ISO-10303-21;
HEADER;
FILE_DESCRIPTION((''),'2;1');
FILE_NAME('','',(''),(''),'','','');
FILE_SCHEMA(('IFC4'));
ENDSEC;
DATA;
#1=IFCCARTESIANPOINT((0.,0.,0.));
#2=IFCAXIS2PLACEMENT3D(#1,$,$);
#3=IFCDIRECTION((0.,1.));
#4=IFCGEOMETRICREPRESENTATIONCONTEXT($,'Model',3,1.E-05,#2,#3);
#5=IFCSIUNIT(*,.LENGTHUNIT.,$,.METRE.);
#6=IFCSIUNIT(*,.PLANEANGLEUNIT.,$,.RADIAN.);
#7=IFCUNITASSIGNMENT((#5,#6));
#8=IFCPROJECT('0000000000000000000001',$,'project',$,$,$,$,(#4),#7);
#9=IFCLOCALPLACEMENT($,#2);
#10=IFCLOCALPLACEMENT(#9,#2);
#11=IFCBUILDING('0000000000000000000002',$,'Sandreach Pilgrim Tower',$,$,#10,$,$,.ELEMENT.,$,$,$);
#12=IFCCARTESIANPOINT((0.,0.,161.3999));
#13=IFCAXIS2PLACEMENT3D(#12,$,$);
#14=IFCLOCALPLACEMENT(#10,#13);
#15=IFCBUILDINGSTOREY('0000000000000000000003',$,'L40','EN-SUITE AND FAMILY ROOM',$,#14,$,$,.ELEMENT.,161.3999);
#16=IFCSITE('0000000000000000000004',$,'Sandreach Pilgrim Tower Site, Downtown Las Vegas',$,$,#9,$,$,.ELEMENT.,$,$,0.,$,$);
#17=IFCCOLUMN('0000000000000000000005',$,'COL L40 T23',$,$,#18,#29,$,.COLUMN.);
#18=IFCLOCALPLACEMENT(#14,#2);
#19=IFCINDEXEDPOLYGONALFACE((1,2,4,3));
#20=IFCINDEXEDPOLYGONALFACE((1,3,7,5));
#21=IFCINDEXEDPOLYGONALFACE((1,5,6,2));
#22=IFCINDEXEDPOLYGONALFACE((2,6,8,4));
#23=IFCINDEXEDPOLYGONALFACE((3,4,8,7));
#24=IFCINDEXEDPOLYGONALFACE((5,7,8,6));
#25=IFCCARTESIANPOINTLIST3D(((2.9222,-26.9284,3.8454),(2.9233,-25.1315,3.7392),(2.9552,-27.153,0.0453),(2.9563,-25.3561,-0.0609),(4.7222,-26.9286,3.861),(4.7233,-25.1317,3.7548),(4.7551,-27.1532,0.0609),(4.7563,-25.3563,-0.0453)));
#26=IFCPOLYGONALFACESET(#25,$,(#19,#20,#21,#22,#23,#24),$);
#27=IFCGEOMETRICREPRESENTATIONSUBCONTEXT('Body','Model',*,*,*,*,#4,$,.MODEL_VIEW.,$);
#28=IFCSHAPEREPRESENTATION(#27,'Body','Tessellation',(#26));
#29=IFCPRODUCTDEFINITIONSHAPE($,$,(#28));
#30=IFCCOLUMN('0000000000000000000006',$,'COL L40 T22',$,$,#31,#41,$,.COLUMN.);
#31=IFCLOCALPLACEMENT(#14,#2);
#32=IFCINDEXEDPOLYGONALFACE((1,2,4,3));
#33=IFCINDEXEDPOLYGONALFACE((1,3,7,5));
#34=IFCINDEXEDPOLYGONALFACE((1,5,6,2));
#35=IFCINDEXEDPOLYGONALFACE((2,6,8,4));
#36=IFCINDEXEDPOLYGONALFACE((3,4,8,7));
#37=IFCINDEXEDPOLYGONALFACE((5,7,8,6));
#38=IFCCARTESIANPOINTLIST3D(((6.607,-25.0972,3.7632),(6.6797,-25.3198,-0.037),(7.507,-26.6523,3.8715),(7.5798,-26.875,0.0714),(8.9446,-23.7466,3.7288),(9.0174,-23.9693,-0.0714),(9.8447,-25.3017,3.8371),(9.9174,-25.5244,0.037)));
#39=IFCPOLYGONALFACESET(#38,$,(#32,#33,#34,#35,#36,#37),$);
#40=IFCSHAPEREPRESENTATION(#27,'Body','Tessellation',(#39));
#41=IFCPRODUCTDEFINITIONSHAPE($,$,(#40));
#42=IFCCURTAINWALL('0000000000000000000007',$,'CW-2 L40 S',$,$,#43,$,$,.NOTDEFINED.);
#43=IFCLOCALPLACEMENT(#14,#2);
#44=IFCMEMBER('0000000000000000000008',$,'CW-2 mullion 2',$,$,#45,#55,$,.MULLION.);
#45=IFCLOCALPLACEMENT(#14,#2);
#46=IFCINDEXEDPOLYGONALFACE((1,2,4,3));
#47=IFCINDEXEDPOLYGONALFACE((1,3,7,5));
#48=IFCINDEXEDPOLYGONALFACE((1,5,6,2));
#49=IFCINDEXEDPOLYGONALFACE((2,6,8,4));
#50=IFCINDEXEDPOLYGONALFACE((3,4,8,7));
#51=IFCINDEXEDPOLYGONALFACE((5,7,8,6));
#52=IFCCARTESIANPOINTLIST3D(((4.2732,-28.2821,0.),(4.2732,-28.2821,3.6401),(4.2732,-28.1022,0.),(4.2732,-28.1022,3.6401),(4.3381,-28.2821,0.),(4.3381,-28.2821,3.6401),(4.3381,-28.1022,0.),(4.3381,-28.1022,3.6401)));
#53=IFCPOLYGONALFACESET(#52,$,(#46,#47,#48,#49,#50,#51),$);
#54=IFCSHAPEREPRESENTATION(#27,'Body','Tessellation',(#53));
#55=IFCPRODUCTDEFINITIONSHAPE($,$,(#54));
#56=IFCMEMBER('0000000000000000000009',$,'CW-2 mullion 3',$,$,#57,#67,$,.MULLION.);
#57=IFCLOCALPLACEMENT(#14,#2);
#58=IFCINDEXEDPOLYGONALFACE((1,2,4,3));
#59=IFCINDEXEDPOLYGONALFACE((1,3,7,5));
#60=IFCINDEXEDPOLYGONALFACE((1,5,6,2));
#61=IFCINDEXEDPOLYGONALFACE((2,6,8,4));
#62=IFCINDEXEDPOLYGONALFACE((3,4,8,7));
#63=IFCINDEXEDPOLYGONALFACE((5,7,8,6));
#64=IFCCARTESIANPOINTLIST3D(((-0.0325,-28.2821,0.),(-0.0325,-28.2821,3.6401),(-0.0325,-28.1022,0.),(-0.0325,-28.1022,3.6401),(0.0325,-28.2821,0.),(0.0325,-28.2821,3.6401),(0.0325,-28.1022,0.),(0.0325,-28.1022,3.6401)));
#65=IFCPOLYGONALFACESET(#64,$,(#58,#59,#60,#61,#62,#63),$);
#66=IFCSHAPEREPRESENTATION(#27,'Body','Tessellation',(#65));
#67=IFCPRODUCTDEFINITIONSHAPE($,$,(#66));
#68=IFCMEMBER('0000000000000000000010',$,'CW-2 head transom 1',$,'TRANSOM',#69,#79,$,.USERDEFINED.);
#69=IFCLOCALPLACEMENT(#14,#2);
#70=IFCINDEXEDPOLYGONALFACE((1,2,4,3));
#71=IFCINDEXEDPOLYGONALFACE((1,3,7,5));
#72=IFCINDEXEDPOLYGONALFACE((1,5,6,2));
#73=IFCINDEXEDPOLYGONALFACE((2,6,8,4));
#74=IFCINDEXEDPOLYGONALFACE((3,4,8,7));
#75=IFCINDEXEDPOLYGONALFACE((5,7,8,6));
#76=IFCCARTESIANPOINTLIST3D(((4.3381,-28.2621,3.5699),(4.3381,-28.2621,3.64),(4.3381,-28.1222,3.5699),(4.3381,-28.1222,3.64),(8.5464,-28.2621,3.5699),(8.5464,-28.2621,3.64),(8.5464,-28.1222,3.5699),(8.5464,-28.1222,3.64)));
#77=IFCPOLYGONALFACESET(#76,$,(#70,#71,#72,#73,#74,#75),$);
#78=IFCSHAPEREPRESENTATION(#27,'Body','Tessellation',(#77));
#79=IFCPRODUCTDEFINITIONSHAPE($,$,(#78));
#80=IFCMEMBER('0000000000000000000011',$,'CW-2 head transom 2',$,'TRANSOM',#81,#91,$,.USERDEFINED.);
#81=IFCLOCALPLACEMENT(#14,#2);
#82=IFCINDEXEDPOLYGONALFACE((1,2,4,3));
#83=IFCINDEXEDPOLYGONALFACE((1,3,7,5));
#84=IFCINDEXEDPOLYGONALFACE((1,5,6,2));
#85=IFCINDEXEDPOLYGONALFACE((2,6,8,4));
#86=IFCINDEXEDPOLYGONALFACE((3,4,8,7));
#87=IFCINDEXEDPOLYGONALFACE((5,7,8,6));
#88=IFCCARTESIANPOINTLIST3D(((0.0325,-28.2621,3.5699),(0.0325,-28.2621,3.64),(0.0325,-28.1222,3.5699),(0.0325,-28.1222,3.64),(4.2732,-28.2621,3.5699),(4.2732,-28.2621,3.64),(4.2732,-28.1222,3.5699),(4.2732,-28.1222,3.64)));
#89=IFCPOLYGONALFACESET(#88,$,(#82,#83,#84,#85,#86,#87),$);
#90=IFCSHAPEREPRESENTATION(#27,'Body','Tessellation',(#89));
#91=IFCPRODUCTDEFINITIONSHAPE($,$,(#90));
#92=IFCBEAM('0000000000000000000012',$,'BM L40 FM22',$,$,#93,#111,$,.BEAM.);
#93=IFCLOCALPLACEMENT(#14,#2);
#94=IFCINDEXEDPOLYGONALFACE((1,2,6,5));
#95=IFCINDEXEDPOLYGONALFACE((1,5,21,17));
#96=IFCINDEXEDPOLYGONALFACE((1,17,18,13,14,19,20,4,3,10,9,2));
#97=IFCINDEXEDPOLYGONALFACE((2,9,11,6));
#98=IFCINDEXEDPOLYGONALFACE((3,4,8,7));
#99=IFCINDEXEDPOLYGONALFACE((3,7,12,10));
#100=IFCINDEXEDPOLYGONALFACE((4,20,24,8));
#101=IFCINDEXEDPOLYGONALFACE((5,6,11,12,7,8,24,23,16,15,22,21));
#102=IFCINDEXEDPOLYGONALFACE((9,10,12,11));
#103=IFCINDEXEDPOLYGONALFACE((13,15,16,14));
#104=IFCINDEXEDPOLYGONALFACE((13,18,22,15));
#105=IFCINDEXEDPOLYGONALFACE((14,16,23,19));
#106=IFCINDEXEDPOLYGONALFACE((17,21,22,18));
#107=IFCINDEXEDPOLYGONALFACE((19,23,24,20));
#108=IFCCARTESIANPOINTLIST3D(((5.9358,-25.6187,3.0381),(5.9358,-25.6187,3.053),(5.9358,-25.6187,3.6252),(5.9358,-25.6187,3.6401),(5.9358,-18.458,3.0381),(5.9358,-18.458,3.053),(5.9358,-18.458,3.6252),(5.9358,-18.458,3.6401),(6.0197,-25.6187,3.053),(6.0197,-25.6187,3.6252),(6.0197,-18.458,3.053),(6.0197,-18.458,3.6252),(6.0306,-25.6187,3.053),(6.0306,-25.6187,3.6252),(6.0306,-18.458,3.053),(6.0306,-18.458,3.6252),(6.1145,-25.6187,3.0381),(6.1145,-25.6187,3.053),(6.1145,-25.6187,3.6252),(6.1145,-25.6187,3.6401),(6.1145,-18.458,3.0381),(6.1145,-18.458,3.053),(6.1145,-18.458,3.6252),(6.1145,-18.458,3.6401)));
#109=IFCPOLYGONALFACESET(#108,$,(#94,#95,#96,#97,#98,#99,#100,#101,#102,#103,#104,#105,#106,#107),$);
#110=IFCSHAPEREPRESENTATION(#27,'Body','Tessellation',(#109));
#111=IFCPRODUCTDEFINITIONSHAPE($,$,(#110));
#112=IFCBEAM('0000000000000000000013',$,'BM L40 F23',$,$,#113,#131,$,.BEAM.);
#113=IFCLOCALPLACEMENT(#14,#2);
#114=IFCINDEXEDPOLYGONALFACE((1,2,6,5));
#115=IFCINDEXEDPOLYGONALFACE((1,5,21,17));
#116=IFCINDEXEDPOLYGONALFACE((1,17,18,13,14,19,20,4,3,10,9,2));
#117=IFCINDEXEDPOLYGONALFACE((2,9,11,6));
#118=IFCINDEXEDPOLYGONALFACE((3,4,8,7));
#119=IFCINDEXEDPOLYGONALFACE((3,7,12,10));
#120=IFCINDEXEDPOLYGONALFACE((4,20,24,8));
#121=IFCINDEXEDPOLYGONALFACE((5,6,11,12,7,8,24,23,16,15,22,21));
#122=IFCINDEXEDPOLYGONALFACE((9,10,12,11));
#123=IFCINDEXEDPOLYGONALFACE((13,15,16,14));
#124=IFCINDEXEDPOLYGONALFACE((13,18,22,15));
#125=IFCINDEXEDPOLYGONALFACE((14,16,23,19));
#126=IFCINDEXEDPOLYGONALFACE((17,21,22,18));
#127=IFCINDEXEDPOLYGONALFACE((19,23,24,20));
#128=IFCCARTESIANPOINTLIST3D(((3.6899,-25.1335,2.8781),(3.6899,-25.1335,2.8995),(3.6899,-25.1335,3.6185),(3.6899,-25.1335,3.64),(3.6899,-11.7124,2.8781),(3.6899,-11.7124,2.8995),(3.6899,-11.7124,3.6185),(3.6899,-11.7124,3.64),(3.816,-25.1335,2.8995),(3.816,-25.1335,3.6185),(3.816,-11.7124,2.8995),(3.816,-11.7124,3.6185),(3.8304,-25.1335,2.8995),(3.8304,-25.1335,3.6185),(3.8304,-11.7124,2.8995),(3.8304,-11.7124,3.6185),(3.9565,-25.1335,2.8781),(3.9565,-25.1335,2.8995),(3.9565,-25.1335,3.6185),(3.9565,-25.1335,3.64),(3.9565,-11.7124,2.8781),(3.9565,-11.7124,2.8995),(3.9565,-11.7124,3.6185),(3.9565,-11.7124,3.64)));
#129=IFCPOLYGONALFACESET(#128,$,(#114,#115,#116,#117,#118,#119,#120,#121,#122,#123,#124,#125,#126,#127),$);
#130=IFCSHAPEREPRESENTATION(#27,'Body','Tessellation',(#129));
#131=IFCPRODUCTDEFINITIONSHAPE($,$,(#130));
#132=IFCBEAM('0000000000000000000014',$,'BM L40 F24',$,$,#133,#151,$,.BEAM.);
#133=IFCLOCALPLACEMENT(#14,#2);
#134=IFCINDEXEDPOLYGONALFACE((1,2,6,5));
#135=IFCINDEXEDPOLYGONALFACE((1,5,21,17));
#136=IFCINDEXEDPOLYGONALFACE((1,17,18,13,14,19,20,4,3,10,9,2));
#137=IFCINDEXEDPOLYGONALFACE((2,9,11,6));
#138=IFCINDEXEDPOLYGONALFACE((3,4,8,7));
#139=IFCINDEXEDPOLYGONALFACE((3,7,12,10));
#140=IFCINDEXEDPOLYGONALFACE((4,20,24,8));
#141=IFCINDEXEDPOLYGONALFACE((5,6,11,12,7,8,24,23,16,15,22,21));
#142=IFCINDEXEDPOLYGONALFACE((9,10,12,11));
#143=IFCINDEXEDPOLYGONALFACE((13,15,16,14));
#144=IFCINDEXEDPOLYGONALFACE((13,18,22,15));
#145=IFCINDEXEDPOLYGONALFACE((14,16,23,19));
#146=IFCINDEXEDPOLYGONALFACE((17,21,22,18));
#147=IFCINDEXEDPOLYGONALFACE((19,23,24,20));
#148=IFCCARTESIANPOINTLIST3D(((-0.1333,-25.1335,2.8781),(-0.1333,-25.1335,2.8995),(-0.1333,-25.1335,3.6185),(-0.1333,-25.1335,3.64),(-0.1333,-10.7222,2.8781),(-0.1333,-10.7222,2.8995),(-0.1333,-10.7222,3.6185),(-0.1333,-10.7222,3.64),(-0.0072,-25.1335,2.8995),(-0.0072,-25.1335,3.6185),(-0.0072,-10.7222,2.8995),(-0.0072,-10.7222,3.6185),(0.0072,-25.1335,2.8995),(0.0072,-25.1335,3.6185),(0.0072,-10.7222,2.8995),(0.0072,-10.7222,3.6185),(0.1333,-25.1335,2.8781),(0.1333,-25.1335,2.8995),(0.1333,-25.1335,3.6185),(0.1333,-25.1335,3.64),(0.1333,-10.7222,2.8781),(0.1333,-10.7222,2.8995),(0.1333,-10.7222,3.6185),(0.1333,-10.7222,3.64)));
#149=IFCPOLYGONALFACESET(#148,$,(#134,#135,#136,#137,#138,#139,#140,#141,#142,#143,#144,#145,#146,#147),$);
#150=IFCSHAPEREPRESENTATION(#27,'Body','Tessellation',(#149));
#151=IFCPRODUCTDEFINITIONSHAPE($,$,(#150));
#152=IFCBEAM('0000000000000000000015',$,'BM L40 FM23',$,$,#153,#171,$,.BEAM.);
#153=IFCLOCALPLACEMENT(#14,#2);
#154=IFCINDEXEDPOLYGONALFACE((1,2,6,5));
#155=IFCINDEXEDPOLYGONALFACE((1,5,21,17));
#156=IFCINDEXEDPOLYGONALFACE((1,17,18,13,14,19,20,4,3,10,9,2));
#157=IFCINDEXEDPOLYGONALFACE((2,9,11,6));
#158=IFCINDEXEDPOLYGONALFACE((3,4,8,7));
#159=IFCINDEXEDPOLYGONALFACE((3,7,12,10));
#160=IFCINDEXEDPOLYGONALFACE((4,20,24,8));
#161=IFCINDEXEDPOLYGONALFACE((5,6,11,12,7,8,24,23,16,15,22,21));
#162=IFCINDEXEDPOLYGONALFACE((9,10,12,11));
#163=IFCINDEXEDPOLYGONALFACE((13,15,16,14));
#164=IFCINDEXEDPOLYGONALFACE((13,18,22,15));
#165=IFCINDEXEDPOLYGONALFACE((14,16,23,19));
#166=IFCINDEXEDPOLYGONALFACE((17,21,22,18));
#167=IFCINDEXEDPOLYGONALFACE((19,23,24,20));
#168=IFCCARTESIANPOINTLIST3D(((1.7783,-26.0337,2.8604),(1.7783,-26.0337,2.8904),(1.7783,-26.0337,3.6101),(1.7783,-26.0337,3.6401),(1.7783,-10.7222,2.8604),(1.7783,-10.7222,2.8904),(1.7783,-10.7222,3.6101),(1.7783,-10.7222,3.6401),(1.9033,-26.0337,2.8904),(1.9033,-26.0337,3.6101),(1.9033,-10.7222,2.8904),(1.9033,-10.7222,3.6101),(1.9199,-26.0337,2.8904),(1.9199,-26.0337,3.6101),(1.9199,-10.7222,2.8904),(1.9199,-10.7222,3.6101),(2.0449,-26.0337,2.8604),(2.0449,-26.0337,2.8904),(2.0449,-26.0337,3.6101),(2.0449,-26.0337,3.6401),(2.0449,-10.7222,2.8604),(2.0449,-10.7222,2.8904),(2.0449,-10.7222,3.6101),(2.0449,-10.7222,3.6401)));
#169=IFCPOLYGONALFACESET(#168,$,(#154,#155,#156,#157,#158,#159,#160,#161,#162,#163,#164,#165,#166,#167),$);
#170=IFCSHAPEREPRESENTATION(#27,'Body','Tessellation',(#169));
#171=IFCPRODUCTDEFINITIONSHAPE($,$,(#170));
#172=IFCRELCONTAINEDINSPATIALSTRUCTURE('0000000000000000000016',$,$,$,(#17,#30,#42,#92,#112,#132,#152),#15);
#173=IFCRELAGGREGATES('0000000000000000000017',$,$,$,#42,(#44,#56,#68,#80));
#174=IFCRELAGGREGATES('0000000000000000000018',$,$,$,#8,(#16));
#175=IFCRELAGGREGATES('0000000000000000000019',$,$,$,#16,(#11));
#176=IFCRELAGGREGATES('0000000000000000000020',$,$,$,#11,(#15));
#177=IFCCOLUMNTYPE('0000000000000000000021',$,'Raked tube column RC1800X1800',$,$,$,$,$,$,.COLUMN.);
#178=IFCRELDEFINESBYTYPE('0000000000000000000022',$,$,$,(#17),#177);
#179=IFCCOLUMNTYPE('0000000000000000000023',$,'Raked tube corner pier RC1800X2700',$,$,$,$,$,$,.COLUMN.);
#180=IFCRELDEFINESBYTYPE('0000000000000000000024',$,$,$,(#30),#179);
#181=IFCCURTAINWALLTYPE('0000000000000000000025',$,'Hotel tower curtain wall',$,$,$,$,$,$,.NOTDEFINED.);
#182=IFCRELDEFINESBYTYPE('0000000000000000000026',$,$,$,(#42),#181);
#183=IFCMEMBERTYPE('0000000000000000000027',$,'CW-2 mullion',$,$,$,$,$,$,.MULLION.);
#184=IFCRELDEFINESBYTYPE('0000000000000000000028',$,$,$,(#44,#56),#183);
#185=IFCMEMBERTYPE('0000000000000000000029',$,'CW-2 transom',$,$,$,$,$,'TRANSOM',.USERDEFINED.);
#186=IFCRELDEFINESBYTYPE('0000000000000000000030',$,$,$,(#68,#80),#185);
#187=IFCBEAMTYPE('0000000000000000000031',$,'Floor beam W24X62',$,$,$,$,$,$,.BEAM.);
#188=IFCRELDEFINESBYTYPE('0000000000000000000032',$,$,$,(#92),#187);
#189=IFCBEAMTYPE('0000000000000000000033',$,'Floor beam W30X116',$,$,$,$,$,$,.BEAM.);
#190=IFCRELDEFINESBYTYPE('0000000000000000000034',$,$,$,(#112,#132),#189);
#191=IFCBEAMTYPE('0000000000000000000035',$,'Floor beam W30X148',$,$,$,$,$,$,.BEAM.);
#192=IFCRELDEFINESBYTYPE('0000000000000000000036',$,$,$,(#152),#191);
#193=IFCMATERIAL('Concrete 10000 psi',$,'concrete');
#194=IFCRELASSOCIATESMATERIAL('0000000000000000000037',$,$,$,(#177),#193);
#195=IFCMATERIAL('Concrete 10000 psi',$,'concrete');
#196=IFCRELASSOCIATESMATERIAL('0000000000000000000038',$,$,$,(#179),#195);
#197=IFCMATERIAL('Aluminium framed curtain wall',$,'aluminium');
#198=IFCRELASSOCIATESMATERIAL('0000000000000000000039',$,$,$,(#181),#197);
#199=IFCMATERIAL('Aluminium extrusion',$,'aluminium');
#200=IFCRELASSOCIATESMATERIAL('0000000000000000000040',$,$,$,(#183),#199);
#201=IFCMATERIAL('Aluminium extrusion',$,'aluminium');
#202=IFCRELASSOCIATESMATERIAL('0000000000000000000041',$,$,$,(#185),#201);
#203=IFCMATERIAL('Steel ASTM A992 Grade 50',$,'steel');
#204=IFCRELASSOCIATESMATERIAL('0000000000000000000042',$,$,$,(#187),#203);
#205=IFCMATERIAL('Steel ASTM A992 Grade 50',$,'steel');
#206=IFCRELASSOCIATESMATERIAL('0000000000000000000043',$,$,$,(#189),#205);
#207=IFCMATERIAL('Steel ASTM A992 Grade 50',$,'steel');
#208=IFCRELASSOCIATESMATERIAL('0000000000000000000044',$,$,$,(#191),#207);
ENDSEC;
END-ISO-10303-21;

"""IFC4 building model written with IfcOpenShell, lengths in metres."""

from ifc_helpers import new_model, si_unit, direction, frame, origin, origin_2d, place, context, subcontext, project, spatial, rectangle, i_section, extrude, material, material_profile, profile_set, type_object, element, aggregate, save


model = new_model("IFC4")

# Units and contexts
model_context = context("Model", 3, precision=1e-05, world=origin(), true_north=direction((0.0, 1.0)))
body_context = subcontext(model_context, "Body", "Model", "MODEL_VIEW")
ifc_project = project(units=[si_unit("LENGTHUNIT", "METRE"), si_unit("PLANEANGLEUNIT", "RADIAN")], contexts=[model_context])

# Site, building, storey
site_placement = place(None, origin())
site = spatial("IfcSite", under=ifc_project, at=site_placement, Name="Sandreach Pilgrim Tower Site, Downtown Las Vegas", CompositionType="ELEMENT", RefElevation=0.0)
building_placement = place(site_placement, origin())
building = spatial("IfcBuilding", under=site, at=building_placement, Name="Sandreach Pilgrim Tower", CompositionType="ELEMENT")
storey_placement = place(building_placement, frame((0.0, 0.0, 161.3999)))
storey = spatial("IfcBuildingStorey", under=building, at=storey_placement, Name="L40", Description="EN-SUITE AND FAMILY ROOM", CompositionType="ELEMENT", Elevation=161.3999)

# Columns
ifc_material_1 = material(Name="Concrete 10000 psi", Category="concrete")
ifc_material_profile_1 = material_profile(ifc_material_1, rectangle(XDim=1.8, YDim=1.8, at=origin_2d()), Name="RC1800X1800")
ifc_profile_set_1 = profile_set([ifc_material_profile_1], Name="Concrete 10000 psi")
column_type_1 = type_object("IfcColumnType", Name="Raked tube column RC1800X1800", PredefinedType="COLUMN", material=ifc_profile_set_1)
column_1_placement = place(storey_placement, frame((3.8557, -26.2546, 0.0), z_axis=(-0.008658, 0.059002, 0.99822), x_axis=(-0.000629, -0.998258, 0.058999)))
element("IfcColumn", 1, at=column_1_placement, inside=storey, type_object=column_type_1, Name="COL L40 T23", PredefinedType="COLUMN", context=body_context, shape_type="SweptSolid", body=[
    extrude(rectangle(XDim=1.8, YDim=1.8, at=origin_2d()), origin(), (0.0, 0.0, 1.0), 3.8069),
])
ifc_material_2 = material(Name="Concrete 10000 psi", Category="concrete")
ifc_material_profile_2 = material_profile(ifc_material_2, rectangle(XDim=1.8, YDim=2.7, at=origin_2d()), Name="RC1800X2700")
ifc_profile_set_2 = profile_set([ifc_material_profile_2], Name="Concrete 10000 psi")
column_type_2 = type_object("IfcColumnType", Name="Raked tube corner pier RC1800X2700", PredefinedType="COLUMN", material=ifc_profile_set_2)
column_2_placement = place(storey_placement, frame((8.2986, -25.4221, 0.0), z_axis=(-0.019109, 0.058482, 0.998106), x_axis=(0.500013, -0.863924, 0.060193)))
element("IfcColumn", 2, at=column_2_placement, inside=storey, type_object=column_type_2, Name="COL L40 T22", PredefinedType="COLUMN", context=body_context, shape_type="SweptSolid", body=[
    extrude(rectangle(XDim=1.8, YDim=2.7, at=origin_2d()), origin(), (0.0, 0.0, 1.0), 3.8074),
])

# Curtain wall, members
ifc_material_3 = material(Name="Aluminium framed curtain wall", Category="aluminium")
curtain_wall_type = type_object("IfcCurtainWallType", Name="Hotel tower curtain wall", PredefinedType="NOTDEFINED", material=ifc_material_3)
curtain_wall_placement = place(storey_placement, origin())
curtain_wall = element("IfcCurtainWall", 3, at=curtain_wall_placement, inside=storey, type_object=curtain_wall_type, Name="CW-2 L40 S", PredefinedType="NOTDEFINED")
ifc_material_4 = material(Name="Aluminium extrusion", Category="aluminium")
ifc_material_profile_3 = material_profile(ifc_material_4, rectangle(XDim=0.0649, YDim=0.1799, at=origin_2d()), Name="CW-2M 65X180")
ifc_profile_set_3 = profile_set([ifc_material_profile_3], Name="Aluminium extrusion")
member_type_1 = type_object("IfcMemberType", Name="CW-2 mullion", PredefinedType="MULLION", material=ifc_profile_set_3)
member_1_placement = place(storey_placement, frame((4.3057, -28.1921, 0.0), z_axis=(0.0, 0.0, 1.0), x_axis=(-1.0, 0.0, 0.0)))
member_1 = element("IfcMember", 4, at=member_1_placement, type_object=member_type_1, Name="CW-2 mullion 2", PredefinedType="MULLION", context=body_context, shape_type="SweptSolid", body=[
    extrude(rectangle(XDim=0.0649, YDim=0.1799, at=origin_2d()), origin(), (0.0, 0.0, 1.0), 3.6401),
])
member_2_placement = place(storey_placement, frame((0.0, -28.1921, 0.0), z_axis=(0.0, 0.0, 1.0), x_axis=(-1.0, 0.0, 0.0)))
member_2 = element("IfcMember", 5, at=member_2_placement, type_object=member_type_1, Name="CW-2 mullion 3", PredefinedType="MULLION", context=body_context, shape_type="SweptSolid", body=[
    extrude(rectangle(XDim=0.0649, YDim=0.1799, at=origin_2d()), origin(), (0.0, 0.0, 1.0), 3.6401),
])
ifc_material_5 = material(Name="Aluminium extrusion", Category="aluminium")
ifc_material_profile_4 = material_profile(ifc_material_5, rectangle(XDim=0.1399, YDim=0.0701, at=origin_2d()), Name="CW-2T 140X70")
ifc_profile_set_4 = profile_set([ifc_material_profile_4], Name="Aluminium extrusion")
member_type_2 = type_object("IfcMemberType", Name="CW-2 transom", ElementType="TRANSOM", PredefinedType="USERDEFINED", material=ifc_profile_set_4)
member_3_placement = place(storey_placement, frame((8.5464, -28.1921, 3.605), z_axis=(-1.0, 0.0, 0.0), x_axis=(0.0, -1.0, 0.0)))
member_3 = element("IfcMember", 6, at=member_3_placement, type_object=member_type_2, Name="CW-2 head transom 1", ObjectType="TRANSOM", PredefinedType="USERDEFINED", context=body_context, shape_type="SweptSolid", body=[
    extrude(rectangle(XDim=0.1399, YDim=0.0701, at=origin_2d()), origin(), (0.0, 0.0, 1.0), 4.2083),
])
member_4_placement = place(storey_placement, frame((4.2732, -28.1921, 3.605), z_axis=(-1.0, 0.0, 0.0), x_axis=(0.0, -1.0, 0.0)))
member_4 = element("IfcMember", 7, at=member_4_placement, type_object=member_type_2, Name="CW-2 head transom 2", ObjectType="TRANSOM", PredefinedType="USERDEFINED", context=body_context, shape_type="SweptSolid", body=[
    extrude(rectangle(XDim=0.1399, YDim=0.0701, at=origin_2d()), origin(), (0.0, 0.0, 1.0), 4.2407),
])

# Beams
ifc_material_6 = material(Name="Steel ASTM A992 Grade 50", Category="steel")
ifc_material_profile_5 = material_profile(ifc_material_6, i_section(OverallWidth=0.1787, OverallDepth=0.6021, WebThickness=0.011, FlangeThickness=0.0149, at=origin_2d()), Name="W24X62")
ifc_profile_set_5 = profile_set([ifc_material_profile_5], Name="Steel ASTM A992 Grade 50")
beam_type_1 = type_object("IfcBeamType", Name="Floor beam W24X62", PredefinedType="BEAM", material=ifc_profile_set_5)
beam_1_placement = place(storey_placement, frame((6.0251, -25.6187, 3.3391), z_axis=(0.0, 1.0, 0.0), x_axis=(-1.0, 0.0, 0.0)))
element("IfcBeam", 8, at=beam_1_placement, inside=storey, type_object=beam_type_1, Name="BM L40 FM22", PredefinedType="BEAM", context=body_context, shape_type="SweptSolid", body=[
    extrude(i_section(OverallWidth=0.1787, OverallDepth=0.6021, WebThickness=0.011, FlangeThickness=0.0149, at=origin_2d()), origin(), (0.0, 0.0, 1.0), 7.1606),
])
ifc_material_7 = material(Name="Steel ASTM A992 Grade 50", Category="steel")
ifc_material_profile_6 = material_profile(ifc_material_7, i_section(OverallWidth=0.2666, OverallDepth=0.762, WebThickness=0.0144, FlangeThickness=0.0215, at=origin_2d()), Name="W30X116")
ifc_profile_set_6 = profile_set([ifc_material_profile_6], Name="Steel ASTM A992 Grade 50")
beam_type_2 = type_object("IfcBeamType", Name="Floor beam W30X116", PredefinedType="BEAM", material=ifc_profile_set_6)
beam_2_placement = place(storey_placement, frame((3.8232, -25.1335, 3.259), z_axis=(0.0, 1.0, 0.0), x_axis=(-1.0, 0.0, 0.0)))
element("IfcBeam", 9, at=beam_2_placement, inside=storey, type_object=beam_type_2, Name="BM L40 F23", PredefinedType="BEAM", context=body_context, shape_type="SweptSolid", body=[
    extrude(i_section(OverallWidth=0.2666, OverallDepth=0.762, WebThickness=0.0144, FlangeThickness=0.0215, at=origin_2d()), origin(), (0.0, 0.0, 1.0), 13.4211),
])
beam_3_placement = place(storey_placement, frame((0.0, -25.1335, 3.259), z_axis=(0.0, 1.0, 0.0), x_axis=(-1.0, 0.0, 0.0)))
element("IfcBeam", 10, at=beam_3_placement, inside=storey, type_object=beam_type_2, Name="BM L40 F24", PredefinedType="BEAM", context=body_context, shape_type="SweptSolid", body=[
    extrude(i_section(OverallWidth=0.2666, OverallDepth=0.762, WebThickness=0.0144, FlangeThickness=0.0215, at=origin_2d()), origin(), (0.0, 0.0, 1.0), 14.4114),
])
ifc_material_8 = material(Name="Steel ASTM A992 Grade 50", Category="steel")
ifc_material_profile_7 = material_profile(ifc_material_8, i_section(OverallWidth=0.2666, OverallDepth=0.7798, WebThickness=0.0166, FlangeThickness=0.03, at=origin_2d()), Name="W30X148")
ifc_profile_set_7 = profile_set([ifc_material_profile_7], Name="Steel ASTM A992 Grade 50")
beam_type_3 = type_object("IfcBeamType", Name="Floor beam W30X148", PredefinedType="BEAM", material=ifc_profile_set_7)
beam_4_placement = place(storey_placement, frame((1.9116, -26.0337, 3.2502), z_axis=(0.0, 1.0, 0.0), x_axis=(-1.0, 0.0, 0.0)))
element("IfcBeam", 11, at=beam_4_placement, inside=storey, type_object=beam_type_3, Name="BM L40 FM23", PredefinedType="BEAM", context=body_context, shape_type="SweptSolid", body=[
    extrude(i_section(OverallWidth=0.2666, OverallDepth=0.7798, WebThickness=0.0166, FlangeThickness=0.03, at=origin_2d()), origin(), (0.0, 0.0, 1.0), 15.3115),
])

aggregate(curtain_wall, [member_1, member_2, member_3, member_4])

save(model, "model.ifc")
